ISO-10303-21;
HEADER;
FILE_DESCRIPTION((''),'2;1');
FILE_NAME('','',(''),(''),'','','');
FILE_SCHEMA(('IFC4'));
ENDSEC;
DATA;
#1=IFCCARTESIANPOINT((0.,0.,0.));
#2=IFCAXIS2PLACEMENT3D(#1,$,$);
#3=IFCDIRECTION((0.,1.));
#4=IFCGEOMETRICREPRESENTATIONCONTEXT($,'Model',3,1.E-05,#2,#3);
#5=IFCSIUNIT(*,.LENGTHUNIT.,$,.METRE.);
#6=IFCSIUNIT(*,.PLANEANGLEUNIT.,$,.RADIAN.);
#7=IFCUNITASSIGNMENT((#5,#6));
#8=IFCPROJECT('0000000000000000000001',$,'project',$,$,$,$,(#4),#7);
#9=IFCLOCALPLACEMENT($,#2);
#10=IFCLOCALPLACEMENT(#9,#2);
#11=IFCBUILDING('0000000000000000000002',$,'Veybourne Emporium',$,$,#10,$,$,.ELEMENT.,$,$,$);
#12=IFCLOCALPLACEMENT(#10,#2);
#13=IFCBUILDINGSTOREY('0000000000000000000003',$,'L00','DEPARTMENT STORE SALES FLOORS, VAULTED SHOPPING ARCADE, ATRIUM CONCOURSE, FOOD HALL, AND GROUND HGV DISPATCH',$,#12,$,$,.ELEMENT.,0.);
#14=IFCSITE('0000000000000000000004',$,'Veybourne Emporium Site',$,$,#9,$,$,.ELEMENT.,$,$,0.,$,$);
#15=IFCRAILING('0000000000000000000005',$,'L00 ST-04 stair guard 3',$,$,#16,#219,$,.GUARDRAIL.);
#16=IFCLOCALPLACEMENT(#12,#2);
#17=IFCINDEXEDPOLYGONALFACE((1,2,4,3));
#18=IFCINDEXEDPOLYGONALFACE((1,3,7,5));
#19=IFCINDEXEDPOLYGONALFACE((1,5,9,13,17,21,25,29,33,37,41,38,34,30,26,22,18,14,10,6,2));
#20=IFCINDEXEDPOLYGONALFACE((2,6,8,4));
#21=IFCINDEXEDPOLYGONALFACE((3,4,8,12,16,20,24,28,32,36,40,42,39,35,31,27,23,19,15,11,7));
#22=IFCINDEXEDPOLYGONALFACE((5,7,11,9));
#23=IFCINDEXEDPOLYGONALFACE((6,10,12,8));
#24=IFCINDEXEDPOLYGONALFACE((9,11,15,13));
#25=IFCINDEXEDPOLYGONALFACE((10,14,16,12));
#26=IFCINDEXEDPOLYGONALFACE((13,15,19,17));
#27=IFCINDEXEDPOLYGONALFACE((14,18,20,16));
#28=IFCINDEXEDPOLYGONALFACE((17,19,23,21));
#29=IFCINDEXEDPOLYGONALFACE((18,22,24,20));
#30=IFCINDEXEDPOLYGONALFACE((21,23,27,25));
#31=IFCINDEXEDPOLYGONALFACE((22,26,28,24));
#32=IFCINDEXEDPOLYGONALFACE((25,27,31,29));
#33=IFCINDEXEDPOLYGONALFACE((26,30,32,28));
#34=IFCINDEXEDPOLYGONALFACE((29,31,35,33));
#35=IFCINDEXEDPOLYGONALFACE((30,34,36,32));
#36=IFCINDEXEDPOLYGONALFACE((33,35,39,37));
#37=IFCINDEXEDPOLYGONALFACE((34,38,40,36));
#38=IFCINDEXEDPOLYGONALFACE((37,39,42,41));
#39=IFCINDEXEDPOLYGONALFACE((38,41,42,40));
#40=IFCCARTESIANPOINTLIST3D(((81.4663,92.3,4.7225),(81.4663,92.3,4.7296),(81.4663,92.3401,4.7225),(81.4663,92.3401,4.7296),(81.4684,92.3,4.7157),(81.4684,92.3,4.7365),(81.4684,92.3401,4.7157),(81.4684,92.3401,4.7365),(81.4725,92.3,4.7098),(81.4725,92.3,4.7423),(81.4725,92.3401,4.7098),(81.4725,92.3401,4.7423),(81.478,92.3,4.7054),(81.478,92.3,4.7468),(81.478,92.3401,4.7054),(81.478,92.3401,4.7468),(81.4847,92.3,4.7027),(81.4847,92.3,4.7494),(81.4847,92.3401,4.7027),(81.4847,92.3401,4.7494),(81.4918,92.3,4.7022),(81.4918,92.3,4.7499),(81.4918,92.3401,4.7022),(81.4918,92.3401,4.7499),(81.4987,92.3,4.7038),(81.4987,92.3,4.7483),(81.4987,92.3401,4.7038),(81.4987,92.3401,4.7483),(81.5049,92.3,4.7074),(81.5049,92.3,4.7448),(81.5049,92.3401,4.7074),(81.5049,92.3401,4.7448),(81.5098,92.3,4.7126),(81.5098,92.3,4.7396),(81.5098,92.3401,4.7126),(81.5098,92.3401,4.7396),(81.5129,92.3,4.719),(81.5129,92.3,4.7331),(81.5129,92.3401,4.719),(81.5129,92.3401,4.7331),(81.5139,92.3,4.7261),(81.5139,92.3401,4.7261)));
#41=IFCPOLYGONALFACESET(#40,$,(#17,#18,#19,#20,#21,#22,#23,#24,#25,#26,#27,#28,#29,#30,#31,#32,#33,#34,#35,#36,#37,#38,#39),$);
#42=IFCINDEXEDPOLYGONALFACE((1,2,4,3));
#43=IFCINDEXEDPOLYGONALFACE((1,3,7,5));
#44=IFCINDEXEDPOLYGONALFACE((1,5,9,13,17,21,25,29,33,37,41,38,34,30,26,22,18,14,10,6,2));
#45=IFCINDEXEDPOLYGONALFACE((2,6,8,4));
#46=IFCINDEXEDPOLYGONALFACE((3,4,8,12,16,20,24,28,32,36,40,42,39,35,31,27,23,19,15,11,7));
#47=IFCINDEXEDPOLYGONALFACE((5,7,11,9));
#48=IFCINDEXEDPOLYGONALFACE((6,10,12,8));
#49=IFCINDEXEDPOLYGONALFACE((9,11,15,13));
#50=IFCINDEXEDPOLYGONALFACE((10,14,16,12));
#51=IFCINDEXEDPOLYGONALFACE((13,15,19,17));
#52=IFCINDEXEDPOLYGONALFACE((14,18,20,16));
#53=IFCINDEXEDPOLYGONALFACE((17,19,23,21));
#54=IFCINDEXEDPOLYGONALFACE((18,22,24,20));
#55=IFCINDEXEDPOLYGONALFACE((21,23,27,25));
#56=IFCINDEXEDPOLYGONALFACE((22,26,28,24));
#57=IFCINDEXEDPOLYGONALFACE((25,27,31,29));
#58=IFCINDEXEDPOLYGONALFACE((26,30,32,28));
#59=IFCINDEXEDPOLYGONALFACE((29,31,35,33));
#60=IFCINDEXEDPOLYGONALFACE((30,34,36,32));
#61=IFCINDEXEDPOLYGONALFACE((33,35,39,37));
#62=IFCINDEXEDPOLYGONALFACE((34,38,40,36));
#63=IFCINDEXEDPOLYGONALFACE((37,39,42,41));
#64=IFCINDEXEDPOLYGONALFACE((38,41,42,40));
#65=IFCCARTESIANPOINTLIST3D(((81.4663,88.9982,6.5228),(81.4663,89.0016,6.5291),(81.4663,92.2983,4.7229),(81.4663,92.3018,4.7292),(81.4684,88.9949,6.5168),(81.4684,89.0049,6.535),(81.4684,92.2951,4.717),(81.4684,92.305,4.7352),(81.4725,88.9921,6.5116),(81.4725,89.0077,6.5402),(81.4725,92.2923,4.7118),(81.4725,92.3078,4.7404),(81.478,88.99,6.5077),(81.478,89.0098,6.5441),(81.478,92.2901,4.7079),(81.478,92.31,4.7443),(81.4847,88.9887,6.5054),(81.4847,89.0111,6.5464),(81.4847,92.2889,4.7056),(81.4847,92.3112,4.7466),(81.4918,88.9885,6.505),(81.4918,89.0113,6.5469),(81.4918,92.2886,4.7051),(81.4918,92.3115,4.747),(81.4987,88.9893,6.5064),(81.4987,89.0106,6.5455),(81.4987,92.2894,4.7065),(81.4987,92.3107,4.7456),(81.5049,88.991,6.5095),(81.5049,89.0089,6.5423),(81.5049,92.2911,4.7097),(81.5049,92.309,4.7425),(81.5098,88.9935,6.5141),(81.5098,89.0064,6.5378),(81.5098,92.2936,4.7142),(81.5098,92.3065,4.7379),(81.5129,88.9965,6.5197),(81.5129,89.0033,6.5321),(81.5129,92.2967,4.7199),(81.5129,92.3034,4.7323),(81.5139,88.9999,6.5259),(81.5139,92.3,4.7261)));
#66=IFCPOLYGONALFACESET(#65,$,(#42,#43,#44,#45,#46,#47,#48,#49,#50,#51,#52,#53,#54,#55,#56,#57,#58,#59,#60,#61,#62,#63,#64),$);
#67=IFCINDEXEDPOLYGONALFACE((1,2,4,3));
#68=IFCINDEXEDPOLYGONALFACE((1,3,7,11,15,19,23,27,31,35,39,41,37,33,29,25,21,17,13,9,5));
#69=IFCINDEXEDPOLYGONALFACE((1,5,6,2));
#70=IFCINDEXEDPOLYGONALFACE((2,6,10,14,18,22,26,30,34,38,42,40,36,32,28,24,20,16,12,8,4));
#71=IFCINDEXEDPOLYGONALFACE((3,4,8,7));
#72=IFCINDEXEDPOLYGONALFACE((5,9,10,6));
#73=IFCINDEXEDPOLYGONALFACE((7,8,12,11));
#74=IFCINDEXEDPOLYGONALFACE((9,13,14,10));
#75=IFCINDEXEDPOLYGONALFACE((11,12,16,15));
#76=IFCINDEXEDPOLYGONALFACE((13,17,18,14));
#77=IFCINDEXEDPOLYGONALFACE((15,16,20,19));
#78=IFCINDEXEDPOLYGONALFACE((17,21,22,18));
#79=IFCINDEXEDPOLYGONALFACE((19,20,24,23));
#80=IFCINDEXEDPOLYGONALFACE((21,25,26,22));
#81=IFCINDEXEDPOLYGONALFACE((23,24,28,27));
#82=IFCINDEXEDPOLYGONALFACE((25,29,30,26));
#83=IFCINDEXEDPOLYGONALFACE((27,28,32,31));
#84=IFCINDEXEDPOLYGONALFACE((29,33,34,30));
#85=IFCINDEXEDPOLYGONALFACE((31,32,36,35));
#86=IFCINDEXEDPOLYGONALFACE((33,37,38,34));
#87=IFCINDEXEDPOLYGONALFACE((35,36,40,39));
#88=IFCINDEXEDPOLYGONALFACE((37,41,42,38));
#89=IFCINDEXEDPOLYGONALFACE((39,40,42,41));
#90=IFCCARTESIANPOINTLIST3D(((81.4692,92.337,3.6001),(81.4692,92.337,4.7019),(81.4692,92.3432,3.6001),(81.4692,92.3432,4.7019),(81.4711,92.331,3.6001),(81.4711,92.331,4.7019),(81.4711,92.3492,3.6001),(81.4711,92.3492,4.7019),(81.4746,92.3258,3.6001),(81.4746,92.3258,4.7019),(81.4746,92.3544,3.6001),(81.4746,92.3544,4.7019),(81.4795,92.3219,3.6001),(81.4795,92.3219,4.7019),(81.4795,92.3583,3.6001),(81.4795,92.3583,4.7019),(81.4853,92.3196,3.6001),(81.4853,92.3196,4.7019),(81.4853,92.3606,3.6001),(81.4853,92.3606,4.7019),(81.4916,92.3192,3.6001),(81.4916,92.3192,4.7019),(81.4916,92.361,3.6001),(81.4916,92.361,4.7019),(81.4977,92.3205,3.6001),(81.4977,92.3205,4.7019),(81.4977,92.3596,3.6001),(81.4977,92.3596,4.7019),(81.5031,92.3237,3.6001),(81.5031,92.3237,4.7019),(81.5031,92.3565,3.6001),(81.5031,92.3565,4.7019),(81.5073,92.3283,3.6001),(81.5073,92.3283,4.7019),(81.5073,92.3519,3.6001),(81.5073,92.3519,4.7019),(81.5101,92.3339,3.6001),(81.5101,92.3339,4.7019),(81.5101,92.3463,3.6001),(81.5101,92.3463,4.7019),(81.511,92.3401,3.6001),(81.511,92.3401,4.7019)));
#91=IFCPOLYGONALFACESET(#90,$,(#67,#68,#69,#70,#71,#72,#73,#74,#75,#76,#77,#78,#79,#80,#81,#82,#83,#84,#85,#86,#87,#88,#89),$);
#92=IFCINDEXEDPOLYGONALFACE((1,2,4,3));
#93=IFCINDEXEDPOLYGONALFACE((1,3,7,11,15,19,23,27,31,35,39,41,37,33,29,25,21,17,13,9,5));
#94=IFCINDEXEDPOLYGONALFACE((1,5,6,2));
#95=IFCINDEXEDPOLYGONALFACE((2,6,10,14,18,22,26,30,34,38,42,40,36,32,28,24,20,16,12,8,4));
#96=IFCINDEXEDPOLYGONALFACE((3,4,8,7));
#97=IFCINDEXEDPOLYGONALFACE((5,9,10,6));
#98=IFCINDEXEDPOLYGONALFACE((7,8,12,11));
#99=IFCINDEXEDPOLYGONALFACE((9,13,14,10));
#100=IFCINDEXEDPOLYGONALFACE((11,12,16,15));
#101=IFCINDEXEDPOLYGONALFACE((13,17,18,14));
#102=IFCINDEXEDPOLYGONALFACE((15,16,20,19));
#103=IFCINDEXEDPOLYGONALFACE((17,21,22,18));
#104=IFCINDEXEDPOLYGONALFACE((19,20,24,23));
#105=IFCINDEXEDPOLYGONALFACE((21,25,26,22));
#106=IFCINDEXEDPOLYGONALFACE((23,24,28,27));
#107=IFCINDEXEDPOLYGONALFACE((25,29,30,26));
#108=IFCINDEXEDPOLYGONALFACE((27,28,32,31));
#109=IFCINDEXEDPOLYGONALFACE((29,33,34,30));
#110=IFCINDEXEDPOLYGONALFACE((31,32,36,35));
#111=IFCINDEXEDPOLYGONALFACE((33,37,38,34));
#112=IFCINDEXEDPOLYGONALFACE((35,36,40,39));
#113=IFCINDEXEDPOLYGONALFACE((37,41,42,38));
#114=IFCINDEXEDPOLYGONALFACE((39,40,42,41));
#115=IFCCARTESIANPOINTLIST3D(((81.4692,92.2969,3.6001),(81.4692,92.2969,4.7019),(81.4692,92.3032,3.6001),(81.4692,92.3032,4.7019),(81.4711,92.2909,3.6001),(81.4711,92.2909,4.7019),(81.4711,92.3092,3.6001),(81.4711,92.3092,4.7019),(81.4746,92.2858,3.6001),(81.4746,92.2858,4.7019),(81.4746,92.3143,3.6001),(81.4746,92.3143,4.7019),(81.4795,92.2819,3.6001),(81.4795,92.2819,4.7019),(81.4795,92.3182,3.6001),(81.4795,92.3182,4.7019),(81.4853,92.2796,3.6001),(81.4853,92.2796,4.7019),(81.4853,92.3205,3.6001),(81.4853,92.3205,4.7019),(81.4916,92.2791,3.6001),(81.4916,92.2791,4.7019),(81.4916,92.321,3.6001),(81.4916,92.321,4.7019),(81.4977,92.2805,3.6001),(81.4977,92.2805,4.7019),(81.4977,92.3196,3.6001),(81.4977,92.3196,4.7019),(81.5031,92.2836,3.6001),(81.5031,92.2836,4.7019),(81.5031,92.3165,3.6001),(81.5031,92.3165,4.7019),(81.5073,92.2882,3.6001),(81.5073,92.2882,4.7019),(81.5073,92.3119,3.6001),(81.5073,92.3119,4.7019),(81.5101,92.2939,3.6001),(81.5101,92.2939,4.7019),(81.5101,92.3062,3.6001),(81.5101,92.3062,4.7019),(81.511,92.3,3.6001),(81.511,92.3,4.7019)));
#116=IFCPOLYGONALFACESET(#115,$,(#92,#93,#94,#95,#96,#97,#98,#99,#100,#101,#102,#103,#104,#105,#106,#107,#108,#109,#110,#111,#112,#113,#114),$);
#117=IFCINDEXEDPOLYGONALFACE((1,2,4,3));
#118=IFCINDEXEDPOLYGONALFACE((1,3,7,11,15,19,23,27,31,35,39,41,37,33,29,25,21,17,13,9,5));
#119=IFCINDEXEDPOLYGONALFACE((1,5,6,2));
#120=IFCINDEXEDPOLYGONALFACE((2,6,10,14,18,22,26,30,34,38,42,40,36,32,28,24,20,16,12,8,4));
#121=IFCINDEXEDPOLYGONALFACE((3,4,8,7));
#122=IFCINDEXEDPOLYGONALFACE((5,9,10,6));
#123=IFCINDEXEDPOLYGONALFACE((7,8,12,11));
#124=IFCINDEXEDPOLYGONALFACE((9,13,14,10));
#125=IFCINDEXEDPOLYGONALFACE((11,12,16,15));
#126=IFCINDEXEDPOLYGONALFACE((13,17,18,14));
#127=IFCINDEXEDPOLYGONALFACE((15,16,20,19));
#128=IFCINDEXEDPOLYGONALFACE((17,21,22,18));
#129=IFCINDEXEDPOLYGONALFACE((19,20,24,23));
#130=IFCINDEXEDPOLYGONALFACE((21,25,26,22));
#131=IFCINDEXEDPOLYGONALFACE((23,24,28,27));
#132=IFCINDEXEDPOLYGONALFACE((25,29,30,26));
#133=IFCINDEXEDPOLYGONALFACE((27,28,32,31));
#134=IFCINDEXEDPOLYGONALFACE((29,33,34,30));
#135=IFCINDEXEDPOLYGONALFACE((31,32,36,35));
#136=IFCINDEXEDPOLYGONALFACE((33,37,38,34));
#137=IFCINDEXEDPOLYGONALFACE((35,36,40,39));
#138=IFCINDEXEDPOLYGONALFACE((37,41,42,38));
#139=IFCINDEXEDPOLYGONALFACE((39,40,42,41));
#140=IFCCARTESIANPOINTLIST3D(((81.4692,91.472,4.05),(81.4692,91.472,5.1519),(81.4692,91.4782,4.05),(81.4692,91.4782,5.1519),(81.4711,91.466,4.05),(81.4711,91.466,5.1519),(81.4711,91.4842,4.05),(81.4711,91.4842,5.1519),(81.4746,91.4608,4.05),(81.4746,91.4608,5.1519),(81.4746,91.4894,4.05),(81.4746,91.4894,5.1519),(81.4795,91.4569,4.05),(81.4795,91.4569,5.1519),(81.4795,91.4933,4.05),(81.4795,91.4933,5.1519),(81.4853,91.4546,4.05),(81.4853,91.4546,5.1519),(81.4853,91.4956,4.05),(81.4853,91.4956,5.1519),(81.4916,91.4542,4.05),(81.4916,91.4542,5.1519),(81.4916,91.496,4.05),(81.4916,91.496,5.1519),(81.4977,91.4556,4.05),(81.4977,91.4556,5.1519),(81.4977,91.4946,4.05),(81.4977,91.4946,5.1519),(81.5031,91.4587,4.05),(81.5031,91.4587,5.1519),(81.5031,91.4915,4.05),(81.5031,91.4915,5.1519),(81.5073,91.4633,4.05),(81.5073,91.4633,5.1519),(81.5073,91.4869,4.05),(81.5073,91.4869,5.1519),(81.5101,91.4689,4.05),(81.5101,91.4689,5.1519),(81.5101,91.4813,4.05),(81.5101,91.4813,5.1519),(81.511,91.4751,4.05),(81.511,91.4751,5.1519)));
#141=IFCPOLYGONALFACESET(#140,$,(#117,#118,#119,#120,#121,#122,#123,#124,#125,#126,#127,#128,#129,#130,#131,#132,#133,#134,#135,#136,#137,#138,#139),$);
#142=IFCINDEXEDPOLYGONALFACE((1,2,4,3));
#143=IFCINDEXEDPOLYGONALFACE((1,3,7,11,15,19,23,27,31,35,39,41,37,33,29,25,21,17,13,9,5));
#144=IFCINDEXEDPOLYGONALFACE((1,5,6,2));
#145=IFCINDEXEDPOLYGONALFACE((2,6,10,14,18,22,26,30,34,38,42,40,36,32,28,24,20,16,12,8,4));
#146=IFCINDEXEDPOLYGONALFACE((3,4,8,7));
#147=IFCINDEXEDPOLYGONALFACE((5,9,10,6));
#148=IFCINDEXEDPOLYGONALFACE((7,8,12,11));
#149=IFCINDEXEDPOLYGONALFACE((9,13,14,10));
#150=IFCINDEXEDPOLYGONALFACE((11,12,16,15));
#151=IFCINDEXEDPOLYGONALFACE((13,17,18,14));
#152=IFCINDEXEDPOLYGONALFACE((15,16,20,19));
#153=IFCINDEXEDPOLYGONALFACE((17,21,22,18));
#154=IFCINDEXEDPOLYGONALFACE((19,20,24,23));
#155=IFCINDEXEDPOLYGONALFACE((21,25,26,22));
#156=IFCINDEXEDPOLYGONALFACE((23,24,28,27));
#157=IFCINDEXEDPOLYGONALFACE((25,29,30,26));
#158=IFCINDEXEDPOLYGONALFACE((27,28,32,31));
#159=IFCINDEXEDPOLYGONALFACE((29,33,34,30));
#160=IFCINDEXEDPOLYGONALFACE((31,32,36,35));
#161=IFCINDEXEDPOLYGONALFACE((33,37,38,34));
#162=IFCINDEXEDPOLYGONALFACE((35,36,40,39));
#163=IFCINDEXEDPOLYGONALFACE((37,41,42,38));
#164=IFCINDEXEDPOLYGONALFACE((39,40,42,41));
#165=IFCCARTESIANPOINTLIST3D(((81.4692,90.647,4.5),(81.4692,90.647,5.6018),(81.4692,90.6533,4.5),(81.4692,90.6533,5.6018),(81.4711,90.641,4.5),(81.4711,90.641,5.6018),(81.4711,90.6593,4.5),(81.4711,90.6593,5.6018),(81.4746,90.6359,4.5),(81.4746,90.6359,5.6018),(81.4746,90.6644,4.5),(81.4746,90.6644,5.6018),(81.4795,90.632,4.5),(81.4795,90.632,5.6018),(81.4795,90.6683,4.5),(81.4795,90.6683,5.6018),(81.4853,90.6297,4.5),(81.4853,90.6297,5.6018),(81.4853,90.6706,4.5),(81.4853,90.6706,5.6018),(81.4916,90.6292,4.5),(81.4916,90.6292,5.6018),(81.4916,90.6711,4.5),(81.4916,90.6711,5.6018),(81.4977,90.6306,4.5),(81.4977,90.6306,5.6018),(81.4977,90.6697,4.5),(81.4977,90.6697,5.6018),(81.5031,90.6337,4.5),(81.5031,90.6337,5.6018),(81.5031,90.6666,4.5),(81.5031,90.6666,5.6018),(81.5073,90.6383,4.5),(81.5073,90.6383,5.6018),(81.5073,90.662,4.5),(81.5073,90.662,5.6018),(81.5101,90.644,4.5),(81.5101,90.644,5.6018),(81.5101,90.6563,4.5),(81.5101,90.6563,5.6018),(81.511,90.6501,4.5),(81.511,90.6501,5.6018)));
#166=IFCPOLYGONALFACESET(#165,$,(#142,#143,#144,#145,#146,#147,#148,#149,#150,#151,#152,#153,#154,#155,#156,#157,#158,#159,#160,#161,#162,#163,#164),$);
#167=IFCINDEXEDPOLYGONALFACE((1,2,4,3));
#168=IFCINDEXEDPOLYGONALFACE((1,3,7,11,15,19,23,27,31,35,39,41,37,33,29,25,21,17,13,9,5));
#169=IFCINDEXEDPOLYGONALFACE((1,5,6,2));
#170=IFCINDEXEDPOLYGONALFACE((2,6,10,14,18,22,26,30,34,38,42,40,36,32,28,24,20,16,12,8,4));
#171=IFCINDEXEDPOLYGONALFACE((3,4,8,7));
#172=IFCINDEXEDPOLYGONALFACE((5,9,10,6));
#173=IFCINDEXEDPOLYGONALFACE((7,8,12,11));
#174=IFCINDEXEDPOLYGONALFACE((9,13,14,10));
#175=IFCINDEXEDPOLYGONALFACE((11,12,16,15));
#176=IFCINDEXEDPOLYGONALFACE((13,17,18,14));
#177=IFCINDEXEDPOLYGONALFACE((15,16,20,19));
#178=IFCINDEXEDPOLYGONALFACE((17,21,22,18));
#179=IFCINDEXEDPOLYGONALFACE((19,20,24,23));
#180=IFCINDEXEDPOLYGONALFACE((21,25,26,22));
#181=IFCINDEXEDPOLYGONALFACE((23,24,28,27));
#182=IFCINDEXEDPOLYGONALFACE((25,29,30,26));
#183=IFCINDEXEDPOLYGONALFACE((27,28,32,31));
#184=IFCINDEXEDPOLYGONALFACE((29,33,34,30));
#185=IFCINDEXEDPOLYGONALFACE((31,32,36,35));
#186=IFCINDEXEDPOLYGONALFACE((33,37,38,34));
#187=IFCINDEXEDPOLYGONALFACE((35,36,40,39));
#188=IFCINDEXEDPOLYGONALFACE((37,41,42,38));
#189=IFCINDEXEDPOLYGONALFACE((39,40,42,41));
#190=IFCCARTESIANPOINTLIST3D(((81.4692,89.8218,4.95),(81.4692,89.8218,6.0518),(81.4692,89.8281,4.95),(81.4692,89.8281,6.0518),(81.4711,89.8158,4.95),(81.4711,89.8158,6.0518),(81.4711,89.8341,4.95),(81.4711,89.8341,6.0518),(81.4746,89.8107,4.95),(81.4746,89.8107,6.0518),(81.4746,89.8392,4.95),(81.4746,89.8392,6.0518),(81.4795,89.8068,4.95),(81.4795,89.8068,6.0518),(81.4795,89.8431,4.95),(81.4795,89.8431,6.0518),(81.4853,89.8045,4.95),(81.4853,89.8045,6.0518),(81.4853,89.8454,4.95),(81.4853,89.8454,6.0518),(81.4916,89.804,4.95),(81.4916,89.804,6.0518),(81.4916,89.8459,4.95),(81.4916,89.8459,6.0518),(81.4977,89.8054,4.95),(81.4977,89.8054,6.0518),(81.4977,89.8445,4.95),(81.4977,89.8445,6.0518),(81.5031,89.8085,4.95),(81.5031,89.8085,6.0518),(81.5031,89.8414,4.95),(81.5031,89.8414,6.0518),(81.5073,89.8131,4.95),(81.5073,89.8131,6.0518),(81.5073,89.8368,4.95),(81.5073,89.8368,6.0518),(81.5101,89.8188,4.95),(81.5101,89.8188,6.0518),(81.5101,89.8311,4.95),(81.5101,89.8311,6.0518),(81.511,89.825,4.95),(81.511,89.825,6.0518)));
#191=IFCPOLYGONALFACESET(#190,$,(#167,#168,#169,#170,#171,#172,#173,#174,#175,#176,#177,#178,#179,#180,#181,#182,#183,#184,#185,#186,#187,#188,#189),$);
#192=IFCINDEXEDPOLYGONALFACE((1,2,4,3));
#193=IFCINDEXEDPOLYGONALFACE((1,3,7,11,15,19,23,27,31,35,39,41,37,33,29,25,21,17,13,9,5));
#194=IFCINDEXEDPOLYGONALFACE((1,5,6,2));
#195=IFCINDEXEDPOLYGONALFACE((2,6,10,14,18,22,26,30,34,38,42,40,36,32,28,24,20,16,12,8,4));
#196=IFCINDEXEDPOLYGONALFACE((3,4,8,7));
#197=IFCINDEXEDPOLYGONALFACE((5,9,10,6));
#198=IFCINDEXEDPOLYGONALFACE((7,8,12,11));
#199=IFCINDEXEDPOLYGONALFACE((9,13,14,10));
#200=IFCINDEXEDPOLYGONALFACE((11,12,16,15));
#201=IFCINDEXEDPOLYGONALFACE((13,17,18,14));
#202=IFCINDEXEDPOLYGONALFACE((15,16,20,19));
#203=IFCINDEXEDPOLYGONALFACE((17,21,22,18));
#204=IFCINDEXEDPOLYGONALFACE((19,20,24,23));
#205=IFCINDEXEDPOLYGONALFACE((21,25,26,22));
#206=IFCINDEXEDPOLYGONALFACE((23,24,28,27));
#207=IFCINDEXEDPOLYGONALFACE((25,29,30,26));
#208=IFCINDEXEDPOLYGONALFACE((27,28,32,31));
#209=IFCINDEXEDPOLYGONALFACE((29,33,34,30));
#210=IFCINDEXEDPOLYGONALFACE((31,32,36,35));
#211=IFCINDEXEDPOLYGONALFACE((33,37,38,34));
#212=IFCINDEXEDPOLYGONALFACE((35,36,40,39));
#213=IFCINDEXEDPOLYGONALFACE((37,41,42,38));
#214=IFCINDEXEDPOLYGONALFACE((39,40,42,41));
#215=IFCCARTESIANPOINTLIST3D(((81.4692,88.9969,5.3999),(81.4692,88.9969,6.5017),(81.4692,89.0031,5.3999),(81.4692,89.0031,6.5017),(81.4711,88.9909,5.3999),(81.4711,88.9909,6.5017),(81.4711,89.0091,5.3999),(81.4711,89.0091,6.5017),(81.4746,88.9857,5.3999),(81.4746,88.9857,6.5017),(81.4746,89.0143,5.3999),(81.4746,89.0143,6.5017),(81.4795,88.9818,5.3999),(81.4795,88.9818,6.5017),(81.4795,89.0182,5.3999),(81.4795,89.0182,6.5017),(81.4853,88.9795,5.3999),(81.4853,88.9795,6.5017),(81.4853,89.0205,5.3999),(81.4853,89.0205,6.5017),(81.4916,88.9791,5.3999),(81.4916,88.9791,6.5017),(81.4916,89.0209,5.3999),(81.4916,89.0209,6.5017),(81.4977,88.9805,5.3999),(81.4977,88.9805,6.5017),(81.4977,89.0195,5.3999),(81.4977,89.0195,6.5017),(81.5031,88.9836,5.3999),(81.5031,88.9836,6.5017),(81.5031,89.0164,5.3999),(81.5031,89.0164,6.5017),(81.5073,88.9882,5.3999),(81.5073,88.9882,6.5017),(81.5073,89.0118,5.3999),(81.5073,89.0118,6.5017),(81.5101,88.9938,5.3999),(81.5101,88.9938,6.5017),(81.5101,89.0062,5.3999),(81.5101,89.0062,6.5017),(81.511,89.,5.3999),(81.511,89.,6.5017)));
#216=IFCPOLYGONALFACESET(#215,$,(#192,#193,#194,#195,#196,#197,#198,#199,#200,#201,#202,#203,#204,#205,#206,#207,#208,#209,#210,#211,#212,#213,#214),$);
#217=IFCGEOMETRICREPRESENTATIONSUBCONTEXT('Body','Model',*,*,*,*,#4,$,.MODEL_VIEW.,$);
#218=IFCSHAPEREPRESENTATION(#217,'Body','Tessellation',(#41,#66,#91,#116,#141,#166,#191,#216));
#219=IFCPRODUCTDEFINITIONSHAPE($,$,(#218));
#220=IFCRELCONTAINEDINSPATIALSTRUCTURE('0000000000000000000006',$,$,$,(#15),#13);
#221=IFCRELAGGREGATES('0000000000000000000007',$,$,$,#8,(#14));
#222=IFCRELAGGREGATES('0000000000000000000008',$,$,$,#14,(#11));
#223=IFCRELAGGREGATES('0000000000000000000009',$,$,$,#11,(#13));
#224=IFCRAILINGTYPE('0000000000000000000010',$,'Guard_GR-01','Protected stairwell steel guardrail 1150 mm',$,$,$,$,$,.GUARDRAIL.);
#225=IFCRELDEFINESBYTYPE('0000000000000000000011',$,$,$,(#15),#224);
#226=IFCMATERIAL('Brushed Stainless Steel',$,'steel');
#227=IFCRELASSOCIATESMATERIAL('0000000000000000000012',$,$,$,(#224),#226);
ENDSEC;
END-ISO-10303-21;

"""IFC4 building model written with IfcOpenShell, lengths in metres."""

from ifc_helpers import new_model, si_unit, direction, frame, origin, origin_2d, place, context, subcontext, project, spatial, circle, extrude, material, type_object, element, save


model = new_model("IFC4")

# Units and contexts
model_context = context("Model", 3, precision=1e-05, world=origin(), true_north=direction((0.0, 1.0)))
body_context = subcontext(model_context, "Body", "Model", "MODEL_VIEW")
ifc_project = project(units=[si_unit("LENGTHUNIT", "METRE"), si_unit("PLANEANGLEUNIT", "RADIAN")], contexts=[model_context])

# Site, building, storey
site_placement = place(None, origin())
site = spatial("IfcSite", under=ifc_project, at=site_placement, Name="Veybourne Emporium Site", CompositionType="ELEMENT", RefElevation=0.0)
building_placement = place(site_placement, origin())
building = spatial("IfcBuilding", under=site, at=building_placement, Name="Veybourne Emporium", CompositionType="ELEMENT")
storey_placement = place(building_placement, origin())
storey = spatial("IfcBuildingStorey", under=building, at=storey_placement, Name="L00", Description="DEPARTMENT STORE SALES FLOORS, VAULTED SHOPPING ARCADE, ATRIUM CONCOURSE, FOOD HALL, AND GROUND HGV DISPATCH", CompositionType="ELEMENT", Elevation=0.0)

# Railing
ifc_material_1 = material(Name="Brushed Stainless Steel", Category="steel")
railing_type_1 = type_object("IfcRailingType", Name="Guard_GR-01", Description="Protected stairwell steel guardrail 1150 mm", PredefinedType="GUARDRAIL", material=ifc_material_1)
railing_1_placement = place(storey_placement, frame((81.49, 92.3401, 3.6001)))
element("IfcRailing", 1, at=railing_1_placement, inside=storey, type_object=railing_type_1, Name="L00 ST-04 stair guard 3", PredefinedType="GUARDRAIL", context=body_context, shape_type="SweptSolid", body=[
    extrude(circle(Radius=0.0239, at=origin_2d()), frame((0.0, 0.0, 1.126), z_axis=(0.0, -1.0, 0.0), x_axis=(1.0, 0.0, 0.0)), (0.0, 0.0, 1.0), 0.04),
    extrude(circle(Radius=0.0239, at=origin_2d()), frame((0.0, -0.04, 1.126), z_axis=(0.0, -0.87792, 0.478807), x_axis=(1.0, 0.0, 0.0)), (0.0, 0.0, 1.0), 3.759),
    extrude(circle(Radius=0.021, at=origin_2d()), origin(), (0.0, 0.0, 1.0), 1.1018),
    extrude(circle(Radius=0.021, at=origin_2d()), frame((0.0, -0.04, 0.0)), (0.0, 0.0, 1.0), 1.1018),
    extrude(circle(Radius=0.021, at=origin_2d()), frame((0.0, -0.865, 0.45)), (0.0, 0.0, 1.0), 1.1018),
    extrude(circle(Radius=0.021, at=origin_2d()), frame((0.0, -1.6899, 0.8999)), (0.0, 0.0, 1.0), 1.1018),
    extrude(circle(Radius=0.021, at=origin_2d()), frame((0.0, -2.5151, 1.3499)), (0.0, 0.0, 1.0), 1.1018),
    extrude(circle(Radius=0.021, at=origin_2d()), frame((0.0, -3.3401, 1.7998)), (0.0, 0.0, 1.0), 1.1018),
])

save(model, "model.ifc")
